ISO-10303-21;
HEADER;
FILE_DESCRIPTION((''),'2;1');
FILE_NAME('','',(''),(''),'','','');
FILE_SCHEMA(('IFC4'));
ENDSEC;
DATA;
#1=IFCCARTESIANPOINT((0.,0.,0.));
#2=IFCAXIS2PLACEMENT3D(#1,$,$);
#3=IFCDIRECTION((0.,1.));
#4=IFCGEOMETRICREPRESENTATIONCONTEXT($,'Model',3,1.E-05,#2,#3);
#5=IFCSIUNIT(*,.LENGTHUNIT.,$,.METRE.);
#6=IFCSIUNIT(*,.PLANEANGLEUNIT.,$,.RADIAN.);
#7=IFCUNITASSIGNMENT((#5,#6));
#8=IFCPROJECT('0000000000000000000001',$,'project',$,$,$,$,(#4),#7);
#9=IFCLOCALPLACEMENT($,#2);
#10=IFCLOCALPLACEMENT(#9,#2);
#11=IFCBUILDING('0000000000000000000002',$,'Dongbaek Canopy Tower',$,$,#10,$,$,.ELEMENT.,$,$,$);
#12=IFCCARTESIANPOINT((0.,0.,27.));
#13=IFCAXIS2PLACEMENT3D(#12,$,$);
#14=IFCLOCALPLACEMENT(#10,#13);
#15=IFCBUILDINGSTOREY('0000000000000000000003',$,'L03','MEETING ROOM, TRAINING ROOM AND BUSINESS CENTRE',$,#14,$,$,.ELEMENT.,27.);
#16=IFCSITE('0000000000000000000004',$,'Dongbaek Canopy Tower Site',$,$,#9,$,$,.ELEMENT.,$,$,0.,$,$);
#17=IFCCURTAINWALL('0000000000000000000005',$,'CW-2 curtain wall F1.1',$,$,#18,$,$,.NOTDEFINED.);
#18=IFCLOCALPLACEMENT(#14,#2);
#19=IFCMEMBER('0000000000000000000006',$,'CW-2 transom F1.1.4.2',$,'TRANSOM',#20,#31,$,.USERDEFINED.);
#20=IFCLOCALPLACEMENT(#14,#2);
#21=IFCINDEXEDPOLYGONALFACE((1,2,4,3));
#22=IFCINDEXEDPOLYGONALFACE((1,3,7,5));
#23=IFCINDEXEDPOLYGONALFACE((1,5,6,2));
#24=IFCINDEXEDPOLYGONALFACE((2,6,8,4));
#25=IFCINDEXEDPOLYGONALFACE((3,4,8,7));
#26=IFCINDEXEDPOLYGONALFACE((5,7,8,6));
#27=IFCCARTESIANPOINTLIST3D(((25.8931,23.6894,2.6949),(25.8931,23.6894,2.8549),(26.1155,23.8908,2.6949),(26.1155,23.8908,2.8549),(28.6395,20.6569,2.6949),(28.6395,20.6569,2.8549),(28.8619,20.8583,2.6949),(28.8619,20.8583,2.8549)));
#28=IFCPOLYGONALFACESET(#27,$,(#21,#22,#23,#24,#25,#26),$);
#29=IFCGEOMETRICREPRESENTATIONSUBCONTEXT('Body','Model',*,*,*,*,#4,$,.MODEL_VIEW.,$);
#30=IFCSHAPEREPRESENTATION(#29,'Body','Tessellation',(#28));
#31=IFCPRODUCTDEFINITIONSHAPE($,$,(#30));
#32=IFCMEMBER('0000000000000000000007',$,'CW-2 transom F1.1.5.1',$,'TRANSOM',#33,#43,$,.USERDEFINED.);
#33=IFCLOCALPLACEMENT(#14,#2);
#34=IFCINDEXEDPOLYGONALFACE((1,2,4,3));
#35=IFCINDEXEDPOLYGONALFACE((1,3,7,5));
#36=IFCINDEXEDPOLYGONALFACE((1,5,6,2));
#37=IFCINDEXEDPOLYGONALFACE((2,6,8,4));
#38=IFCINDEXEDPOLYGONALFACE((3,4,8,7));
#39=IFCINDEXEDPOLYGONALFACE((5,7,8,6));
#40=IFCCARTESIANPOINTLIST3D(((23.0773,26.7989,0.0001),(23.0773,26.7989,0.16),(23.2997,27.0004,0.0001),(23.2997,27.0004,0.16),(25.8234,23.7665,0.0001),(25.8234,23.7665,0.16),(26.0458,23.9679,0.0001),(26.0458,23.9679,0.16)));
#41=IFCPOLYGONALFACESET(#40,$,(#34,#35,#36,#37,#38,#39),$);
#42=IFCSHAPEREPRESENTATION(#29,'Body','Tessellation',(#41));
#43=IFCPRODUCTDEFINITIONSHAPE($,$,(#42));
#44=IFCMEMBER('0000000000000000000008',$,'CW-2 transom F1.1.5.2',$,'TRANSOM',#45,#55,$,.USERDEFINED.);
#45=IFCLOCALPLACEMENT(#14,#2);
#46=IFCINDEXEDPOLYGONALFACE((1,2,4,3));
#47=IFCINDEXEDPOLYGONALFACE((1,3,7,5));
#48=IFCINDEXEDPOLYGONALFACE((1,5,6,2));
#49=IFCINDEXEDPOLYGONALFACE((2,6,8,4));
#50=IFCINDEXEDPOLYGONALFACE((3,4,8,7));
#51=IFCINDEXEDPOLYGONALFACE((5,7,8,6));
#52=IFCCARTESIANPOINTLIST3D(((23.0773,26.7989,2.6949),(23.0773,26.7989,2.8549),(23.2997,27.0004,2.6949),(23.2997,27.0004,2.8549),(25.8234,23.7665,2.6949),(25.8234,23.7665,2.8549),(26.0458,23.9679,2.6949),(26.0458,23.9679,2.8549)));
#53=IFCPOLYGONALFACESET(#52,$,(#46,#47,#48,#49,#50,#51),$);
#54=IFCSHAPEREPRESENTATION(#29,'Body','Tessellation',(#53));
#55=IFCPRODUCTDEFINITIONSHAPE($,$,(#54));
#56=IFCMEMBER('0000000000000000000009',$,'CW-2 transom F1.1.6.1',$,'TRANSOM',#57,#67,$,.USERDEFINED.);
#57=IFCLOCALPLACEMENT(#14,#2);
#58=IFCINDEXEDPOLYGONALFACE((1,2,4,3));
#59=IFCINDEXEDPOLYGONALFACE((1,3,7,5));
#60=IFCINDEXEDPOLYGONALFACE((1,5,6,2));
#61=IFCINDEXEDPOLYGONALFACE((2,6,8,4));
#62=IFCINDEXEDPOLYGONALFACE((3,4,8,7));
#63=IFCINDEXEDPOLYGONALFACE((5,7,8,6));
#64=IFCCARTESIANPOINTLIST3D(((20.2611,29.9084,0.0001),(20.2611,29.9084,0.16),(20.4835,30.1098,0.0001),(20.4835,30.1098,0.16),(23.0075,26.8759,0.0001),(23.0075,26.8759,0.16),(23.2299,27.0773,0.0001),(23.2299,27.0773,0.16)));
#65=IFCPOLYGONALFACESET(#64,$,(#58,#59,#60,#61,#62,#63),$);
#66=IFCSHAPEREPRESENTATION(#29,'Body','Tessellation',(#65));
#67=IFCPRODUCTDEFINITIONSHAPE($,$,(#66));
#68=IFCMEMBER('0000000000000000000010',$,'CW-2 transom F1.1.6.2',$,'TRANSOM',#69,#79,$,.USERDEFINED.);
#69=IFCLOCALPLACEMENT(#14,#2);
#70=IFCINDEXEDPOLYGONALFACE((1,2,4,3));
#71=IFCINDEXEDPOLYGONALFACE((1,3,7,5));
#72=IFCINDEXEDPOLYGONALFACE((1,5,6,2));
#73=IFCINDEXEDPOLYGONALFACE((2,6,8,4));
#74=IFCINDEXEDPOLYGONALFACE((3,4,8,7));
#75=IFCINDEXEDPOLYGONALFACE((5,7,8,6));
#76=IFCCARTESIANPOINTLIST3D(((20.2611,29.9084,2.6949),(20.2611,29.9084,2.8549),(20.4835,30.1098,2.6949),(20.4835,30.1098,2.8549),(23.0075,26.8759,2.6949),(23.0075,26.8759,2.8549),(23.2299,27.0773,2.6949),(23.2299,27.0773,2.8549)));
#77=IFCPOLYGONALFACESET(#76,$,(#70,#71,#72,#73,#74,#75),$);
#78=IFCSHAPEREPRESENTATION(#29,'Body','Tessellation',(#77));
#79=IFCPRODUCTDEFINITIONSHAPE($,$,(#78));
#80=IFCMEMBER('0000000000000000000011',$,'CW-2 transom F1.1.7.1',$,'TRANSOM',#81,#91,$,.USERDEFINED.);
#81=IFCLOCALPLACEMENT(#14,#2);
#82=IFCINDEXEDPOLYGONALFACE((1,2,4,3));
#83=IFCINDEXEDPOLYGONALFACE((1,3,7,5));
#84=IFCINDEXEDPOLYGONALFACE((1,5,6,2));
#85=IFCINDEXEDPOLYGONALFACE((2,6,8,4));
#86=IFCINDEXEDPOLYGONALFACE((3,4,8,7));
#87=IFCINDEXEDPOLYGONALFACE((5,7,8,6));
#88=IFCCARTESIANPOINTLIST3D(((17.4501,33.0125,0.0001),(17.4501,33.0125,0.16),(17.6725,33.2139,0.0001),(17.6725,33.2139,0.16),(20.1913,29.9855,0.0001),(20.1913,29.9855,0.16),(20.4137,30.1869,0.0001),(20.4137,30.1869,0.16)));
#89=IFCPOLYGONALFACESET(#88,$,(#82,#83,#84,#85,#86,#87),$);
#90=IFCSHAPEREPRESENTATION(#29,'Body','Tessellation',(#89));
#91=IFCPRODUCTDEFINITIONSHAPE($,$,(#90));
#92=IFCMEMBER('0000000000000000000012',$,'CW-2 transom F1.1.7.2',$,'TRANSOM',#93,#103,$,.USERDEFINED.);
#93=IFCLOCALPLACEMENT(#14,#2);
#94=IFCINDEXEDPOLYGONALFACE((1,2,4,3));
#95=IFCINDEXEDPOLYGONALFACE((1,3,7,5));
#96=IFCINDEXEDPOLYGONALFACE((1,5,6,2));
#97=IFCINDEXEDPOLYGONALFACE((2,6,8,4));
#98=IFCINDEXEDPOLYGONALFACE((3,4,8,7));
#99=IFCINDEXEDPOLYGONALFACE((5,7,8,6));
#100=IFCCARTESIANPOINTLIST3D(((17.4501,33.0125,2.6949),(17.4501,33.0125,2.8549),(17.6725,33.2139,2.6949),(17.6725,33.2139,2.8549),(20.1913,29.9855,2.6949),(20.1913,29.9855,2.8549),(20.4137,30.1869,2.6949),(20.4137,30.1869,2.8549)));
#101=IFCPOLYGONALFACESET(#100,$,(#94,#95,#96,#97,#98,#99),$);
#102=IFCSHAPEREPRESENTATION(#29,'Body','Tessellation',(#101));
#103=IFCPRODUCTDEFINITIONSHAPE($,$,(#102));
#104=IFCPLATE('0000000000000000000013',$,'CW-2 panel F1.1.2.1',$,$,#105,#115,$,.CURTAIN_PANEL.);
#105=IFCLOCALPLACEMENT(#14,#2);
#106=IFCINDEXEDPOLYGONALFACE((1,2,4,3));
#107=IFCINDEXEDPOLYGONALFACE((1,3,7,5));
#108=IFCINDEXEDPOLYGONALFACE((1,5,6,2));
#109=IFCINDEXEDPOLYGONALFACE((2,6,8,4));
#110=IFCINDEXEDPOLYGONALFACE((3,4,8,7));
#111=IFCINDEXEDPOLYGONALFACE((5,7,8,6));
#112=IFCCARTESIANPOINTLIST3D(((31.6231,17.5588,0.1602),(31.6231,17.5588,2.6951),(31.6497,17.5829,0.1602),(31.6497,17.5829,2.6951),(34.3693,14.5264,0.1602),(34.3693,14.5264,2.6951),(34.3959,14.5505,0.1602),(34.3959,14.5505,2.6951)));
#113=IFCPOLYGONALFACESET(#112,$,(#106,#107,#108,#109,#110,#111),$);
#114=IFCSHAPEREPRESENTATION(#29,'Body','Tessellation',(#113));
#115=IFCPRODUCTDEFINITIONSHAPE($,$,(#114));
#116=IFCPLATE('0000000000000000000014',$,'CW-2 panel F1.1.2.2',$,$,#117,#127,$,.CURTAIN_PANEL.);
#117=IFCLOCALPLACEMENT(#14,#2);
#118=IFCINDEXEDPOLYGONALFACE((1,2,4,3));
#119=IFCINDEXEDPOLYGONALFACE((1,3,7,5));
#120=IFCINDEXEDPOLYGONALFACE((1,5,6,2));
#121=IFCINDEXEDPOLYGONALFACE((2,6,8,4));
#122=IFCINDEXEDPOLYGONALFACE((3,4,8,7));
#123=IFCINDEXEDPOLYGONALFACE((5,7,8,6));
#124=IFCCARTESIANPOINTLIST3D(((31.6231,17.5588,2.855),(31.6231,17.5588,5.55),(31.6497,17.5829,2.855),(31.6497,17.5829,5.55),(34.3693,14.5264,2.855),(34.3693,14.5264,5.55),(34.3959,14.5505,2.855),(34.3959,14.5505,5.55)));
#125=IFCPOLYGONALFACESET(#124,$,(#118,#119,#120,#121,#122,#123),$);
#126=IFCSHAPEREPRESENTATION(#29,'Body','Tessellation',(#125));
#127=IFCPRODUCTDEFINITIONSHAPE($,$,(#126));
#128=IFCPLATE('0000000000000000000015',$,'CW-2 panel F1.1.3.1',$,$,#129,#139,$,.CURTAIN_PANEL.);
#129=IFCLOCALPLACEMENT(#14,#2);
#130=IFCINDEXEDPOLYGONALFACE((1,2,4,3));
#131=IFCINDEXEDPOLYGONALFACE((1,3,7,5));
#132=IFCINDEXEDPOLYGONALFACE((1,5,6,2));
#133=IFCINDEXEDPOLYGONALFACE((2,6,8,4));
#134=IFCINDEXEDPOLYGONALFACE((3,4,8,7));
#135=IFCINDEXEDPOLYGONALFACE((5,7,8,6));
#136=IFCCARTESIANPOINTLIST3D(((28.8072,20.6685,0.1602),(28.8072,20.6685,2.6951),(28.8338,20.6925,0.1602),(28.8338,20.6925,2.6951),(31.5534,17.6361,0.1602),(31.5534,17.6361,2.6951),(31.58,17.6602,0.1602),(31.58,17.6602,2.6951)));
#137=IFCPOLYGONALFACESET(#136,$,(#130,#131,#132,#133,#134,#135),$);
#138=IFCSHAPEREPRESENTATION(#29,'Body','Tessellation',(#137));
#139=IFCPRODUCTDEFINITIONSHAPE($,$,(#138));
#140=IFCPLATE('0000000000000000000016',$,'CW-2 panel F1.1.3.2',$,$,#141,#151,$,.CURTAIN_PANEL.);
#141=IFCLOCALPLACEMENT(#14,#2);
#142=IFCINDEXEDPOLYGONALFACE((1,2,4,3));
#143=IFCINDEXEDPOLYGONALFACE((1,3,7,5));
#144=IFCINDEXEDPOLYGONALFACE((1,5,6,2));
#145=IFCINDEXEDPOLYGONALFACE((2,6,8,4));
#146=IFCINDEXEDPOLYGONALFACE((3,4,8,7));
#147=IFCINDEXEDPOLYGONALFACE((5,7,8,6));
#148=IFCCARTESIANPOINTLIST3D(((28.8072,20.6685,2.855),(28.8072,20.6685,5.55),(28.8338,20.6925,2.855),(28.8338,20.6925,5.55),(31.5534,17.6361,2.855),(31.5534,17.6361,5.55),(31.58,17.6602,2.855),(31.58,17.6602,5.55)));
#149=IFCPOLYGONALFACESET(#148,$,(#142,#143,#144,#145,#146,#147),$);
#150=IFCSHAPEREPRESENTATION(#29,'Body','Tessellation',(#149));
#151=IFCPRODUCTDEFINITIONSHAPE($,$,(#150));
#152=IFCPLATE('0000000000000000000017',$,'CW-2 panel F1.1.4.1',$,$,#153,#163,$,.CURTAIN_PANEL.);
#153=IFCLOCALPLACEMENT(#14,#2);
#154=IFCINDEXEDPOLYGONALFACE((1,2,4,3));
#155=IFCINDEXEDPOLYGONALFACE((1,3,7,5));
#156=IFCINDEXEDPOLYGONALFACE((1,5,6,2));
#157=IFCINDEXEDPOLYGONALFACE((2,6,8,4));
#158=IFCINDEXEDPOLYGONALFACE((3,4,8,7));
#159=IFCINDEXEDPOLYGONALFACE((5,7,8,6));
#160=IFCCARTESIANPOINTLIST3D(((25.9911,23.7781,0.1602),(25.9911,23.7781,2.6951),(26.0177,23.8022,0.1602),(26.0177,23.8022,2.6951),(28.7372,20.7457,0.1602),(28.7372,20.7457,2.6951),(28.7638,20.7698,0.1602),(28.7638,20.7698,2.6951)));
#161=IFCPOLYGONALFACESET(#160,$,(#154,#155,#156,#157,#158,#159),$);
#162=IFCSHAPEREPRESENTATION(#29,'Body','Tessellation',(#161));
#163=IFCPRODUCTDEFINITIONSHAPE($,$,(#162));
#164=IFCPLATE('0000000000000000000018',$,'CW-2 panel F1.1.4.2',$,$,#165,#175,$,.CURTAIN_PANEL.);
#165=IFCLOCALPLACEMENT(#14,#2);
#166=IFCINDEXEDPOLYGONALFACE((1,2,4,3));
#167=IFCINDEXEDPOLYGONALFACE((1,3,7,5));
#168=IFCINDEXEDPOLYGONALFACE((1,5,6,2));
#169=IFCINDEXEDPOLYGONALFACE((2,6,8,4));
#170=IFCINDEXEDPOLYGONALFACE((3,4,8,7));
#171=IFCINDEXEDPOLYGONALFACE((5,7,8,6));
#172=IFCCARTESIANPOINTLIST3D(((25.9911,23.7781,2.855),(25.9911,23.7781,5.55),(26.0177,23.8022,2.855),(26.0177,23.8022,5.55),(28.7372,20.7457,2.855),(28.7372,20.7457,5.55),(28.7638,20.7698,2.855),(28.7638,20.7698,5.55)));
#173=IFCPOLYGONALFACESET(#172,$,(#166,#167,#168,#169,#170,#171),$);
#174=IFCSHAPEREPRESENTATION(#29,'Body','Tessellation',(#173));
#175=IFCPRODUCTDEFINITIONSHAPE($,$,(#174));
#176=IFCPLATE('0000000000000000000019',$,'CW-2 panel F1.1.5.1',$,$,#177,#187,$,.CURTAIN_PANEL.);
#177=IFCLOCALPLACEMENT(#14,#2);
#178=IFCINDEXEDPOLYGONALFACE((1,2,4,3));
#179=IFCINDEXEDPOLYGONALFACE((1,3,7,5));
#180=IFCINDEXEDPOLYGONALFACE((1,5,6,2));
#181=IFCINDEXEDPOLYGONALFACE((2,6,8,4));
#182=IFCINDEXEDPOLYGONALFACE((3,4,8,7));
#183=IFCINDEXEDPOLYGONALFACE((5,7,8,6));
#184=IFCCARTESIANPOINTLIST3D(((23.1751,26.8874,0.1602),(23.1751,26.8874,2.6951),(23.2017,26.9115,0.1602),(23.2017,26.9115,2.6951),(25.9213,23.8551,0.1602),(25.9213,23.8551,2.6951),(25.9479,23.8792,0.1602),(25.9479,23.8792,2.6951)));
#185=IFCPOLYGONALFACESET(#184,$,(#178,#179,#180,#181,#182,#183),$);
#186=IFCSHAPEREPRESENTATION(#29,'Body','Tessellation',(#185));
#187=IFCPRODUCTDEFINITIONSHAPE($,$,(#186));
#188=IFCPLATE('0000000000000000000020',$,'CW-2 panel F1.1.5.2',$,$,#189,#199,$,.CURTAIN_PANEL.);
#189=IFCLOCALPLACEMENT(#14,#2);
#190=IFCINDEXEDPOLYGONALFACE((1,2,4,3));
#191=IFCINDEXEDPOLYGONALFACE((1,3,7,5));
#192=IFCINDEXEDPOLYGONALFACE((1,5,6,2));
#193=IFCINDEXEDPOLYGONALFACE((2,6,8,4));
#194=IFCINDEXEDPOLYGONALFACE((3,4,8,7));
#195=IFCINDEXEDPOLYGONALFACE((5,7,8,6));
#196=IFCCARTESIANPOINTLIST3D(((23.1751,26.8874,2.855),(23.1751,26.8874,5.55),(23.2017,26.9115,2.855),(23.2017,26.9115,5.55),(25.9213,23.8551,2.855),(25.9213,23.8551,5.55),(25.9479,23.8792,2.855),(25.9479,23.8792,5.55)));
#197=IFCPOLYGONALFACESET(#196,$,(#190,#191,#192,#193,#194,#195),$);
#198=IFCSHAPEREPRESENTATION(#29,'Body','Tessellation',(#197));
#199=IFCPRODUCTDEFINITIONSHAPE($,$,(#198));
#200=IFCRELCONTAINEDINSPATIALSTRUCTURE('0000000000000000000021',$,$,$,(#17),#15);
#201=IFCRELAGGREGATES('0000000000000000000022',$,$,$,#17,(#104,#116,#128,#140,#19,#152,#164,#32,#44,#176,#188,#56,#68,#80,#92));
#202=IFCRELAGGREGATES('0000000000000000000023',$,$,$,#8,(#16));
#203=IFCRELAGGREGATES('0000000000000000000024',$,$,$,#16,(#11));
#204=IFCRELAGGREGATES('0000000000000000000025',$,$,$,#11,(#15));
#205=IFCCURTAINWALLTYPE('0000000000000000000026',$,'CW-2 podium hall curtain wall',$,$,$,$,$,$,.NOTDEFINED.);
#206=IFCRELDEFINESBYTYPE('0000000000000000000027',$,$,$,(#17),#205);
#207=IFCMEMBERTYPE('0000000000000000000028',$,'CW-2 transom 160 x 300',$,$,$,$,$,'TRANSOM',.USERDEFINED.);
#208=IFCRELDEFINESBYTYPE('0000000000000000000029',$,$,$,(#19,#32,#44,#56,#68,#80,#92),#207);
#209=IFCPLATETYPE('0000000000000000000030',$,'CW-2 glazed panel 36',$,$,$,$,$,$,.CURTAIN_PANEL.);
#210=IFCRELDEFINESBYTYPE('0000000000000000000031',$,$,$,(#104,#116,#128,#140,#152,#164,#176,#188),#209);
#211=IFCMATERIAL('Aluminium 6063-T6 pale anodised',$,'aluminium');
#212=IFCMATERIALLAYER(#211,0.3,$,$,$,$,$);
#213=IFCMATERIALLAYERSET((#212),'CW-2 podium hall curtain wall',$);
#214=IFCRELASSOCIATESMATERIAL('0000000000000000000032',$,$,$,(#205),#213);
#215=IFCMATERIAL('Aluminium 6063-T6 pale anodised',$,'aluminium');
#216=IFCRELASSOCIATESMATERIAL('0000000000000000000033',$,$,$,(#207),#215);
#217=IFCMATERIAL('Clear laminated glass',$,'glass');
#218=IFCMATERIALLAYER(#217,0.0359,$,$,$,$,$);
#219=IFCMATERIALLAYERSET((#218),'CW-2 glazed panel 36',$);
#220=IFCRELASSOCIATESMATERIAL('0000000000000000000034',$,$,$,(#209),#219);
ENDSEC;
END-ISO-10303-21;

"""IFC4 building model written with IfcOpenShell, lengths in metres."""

from ifc_helpers import new_model, si_unit, direction, frame, origin, origin_2d, place, context, subcontext, project, spatial, rectangle, extrude, material, layer, layer_set, material_profile, profile_set, type_object, element, aggregate, save


model = new_model("IFC4")

# Units and contexts
model_context = context("Model", 3, precision=1e-05, world=origin(), true_north=direction((0.0, 1.0)))
body_context = subcontext(model_context, "Body", "Model", "MODEL_VIEW")
ifc_project = project(units=[si_unit("LENGTHUNIT", "METRE"), si_unit("PLANEANGLEUNIT", "RADIAN")], contexts=[model_context])

# Site, building, storey
site_placement = place(None, origin())
site = spatial("IfcSite", under=ifc_project, at=site_placement, Name="Dongbaek Canopy Tower Site", CompositionType="ELEMENT", RefElevation=0.0)
building_placement = place(site_placement, origin())
building = spatial("IfcBuilding", under=site, at=building_placement, Name="Dongbaek Canopy Tower", CompositionType="ELEMENT")
storey_placement = place(building_placement, frame((0.0, 0.0, 27.0)))
storey = spatial("IfcBuildingStorey", under=building, at=storey_placement, Name="L03", Description="MEETING ROOM, TRAINING ROOM AND BUSINESS CENTRE", CompositionType="ELEMENT", Elevation=27.0)

# Curtain wall, members, plates
ifc_material_1 = material(Name="Aluminium 6063-T6 pale anodised", Category="aluminium")
ifc_layer_1 = layer(ifc_material_1, 0.3)
ifc_layer_set_1 = layer_set([ifc_layer_1], Name="CW-2 podium hall curtain wall")
curtain_wall_type = type_object("IfcCurtainWallType", Name="CW-2 podium hall curtain wall", PredefinedType="NOTDEFINED", material=ifc_layer_set_1)
curtain_wall_placement = place(storey_placement, origin())
curtain_wall = element("IfcCurtainWall", 1, at=curtain_wall_placement, inside=storey, type_object=curtain_wall_type, Name="CW-2 curtain wall F1.1", PredefinedType="NOTDEFINED")
ifc_material_2 = material(Name="Aluminium 6063-T6 pale anodised", Category="aluminium")
ifc_material_profile_1 = material_profile(ifc_material_2, rectangle(XDim=0.3, YDim=0.1599, at=origin_2d()), Name="CW-2 transom 160 x 300")
ifc_profile_set_1 = profile_set([ifc_material_profile_1], Name="Aluminium 6063-T6 pale anodised")
member_type_1 = type_object("IfcMemberType", Name="CW-2 transom 160 x 300", ElementType="TRANSOM", PredefinedType="USERDEFINED", material=ifc_profile_set_1)
member_1_placement = place(storey_placement, frame((28.7507, 20.7576, 2.7749), z_axis=(-0.671273, 0.741211, 0.0), x_axis=(-0.741211, -0.671273, 0.0)))
member_1 = element("IfcMember", 2, at=member_1_placement, type_object=member_type_1, Name="CW-2 transom F1.1.4.2", ObjectType="TRANSOM", PredefinedType="USERDEFINED", context=body_context, shape_type="SweptSolid", body=[
    extrude(rectangle(XDim=0.3, YDim=0.1599, at=origin_2d()), origin(), (0.0, 0.0, 1.0), 4.0913),
])
member_2_placement = place(storey_placement, frame((25.9346, 23.8672, 0.0801), z_axis=(-0.67124, 0.74124, 0.0), x_axis=(-0.74124, -0.67124, 0.0)))
member_2 = element("IfcMember", 3, at=member_2_placement, type_object=member_type_1, Name="CW-2 transom F1.1.5.1", ObjectType="TRANSOM", PredefinedType="USERDEFINED", context=body_context, shape_type="SweptSolid", body=[
    extrude(rectangle(XDim=0.3, YDim=0.1599, at=origin_2d()), origin(), (0.0, 0.0, 1.0), 4.0911),
])
member_3_placement = place(storey_placement, frame((25.9346, 23.8672, 2.7749), z_axis=(-0.67124, 0.74124, 0.0), x_axis=(-0.74124, -0.67124, 0.0)))
member_3 = element("IfcMember", 4, at=member_3_placement, type_object=member_type_1, Name="CW-2 transom F1.1.5.2", ObjectType="TRANSOM", PredefinedType="USERDEFINED", context=body_context, shape_type="SweptSolid", body=[
    extrude(rectangle(XDim=0.3, YDim=0.1599, at=origin_2d()), origin(), (0.0, 0.0, 1.0), 4.0911),
])
member_4_placement = place(storey_placement, frame((23.1187, 26.9766, 0.0801), z_axis=(-0.671273, 0.741211, 0.0), x_axis=(-0.741211, -0.671273, 0.0)))
member_4 = element("IfcMember", 5, at=member_4_placement, type_object=member_type_1, Name="CW-2 transom F1.1.6.1", ObjectType="TRANSOM", PredefinedType="USERDEFINED", context=body_context, shape_type="SweptSolid", body=[
    extrude(rectangle(XDim=0.3, YDim=0.1599, at=origin_2d()), origin(), (0.0, 0.0, 1.0), 4.0913),
])
member_5_placement = place(storey_placement, frame((23.1187, 26.9766, 2.7749), z_axis=(-0.671273, 0.741211, 0.0), x_axis=(-0.741211, -0.671273, 0.0)))
member_5 = element("IfcMember", 6, at=member_5_placement, type_object=member_type_1, Name="CW-2 transom F1.1.6.2", ObjectType="TRANSOM", PredefinedType="USERDEFINED", context=body_context, shape_type="SweptSolid", body=[
    extrude(rectangle(XDim=0.3, YDim=0.1599, at=origin_2d()), origin(), (0.0, 0.0, 1.0), 4.0913),
])
member_6_placement = place(storey_placement, frame((20.3025, 30.0862, 0.0801), z_axis=(-0.671237, 0.741243, 0.0), x_axis=(-0.741243, -0.671237, 0.0)))
member_6 = element("IfcMember", 7, at=member_6_placement, type_object=member_type_1, Name="CW-2 transom F1.1.7.1", ObjectType="TRANSOM", PredefinedType="USERDEFINED", context=body_context, shape_type="SweptSolid", body=[
    extrude(rectangle(XDim=0.3, YDim=0.1599, at=origin_2d()), origin(), (0.0, 0.0, 1.0), 4.0837),
])
member_7_placement = place(storey_placement, frame((20.3025, 30.0862, 2.7749), z_axis=(-0.671237, 0.741243, 0.0), x_axis=(-0.741243, -0.671237, 0.0)))
member_7 = element("IfcMember", 8, at=member_7_placement, type_object=member_type_1, Name="CW-2 transom F1.1.7.2", ObjectType="TRANSOM", PredefinedType="USERDEFINED", context=body_context, shape_type="SweptSolid", body=[
    extrude(rectangle(XDim=0.3, YDim=0.1599, at=origin_2d()), origin(), (0.0, 0.0, 1.0), 4.0837),
])
ifc_material_3 = material(Name="Clear laminated glass", Category="glass")
ifc_layer_2 = layer(ifc_material_3, 0.0359)
ifc_layer_set_2 = layer_set([ifc_layer_2], Name="CW-2 glazed panel 36")
plate_type = type_object("IfcPlateType", Name="CW-2 glazed panel 36", PredefinedType="CURTAIN_PANEL", material=ifc_layer_set_2)
plate_1_placement = place(storey_placement, frame((33.0095, 16.0547, 0.1602), z_axis=(0.0, 0.0, 1.0), x_axis=(-0.67126, 0.741222, 0.0)))
plate_1 = element("IfcPlate", 9, at=plate_1_placement, type_object=plate_type, Name="CW-2 panel F1.1.2.1", PredefinedType="CURTAIN_PANEL", context=body_context, shape_type="SweptSolid", body=[
    extrude(rectangle(XDim=4.0911, YDim=0.0359, at=origin_2d()), origin(), (0.0, 0.0, 1.0), 2.5349),
])
plate_2_placement = place(storey_placement, frame((33.0095, 16.0547, 2.855), z_axis=(0.0, 0.0, 1.0), x_axis=(-0.67126, 0.741222, 0.0)))
plate_2 = element("IfcPlate", 10, at=plate_2_placement, type_object=plate_type, Name="CW-2 panel F1.1.2.2", PredefinedType="CURTAIN_PANEL", context=body_context, shape_type="SweptSolid", body=[
    extrude(rectangle(XDim=4.0911, YDim=0.0359, at=origin_2d()), origin(), (0.0, 0.0, 1.0), 2.6951),
])
plate_3_placement = place(storey_placement, frame((30.1936, 19.1643, 0.1602), z_axis=(0.0, 0.0, 1.0), x_axis=(-0.67126, 0.741222, 0.0)))
plate_3 = element("IfcPlate", 11, at=plate_3_placement, type_object=plate_type, Name="CW-2 panel F1.1.3.1", PredefinedType="CURTAIN_PANEL", context=body_context, shape_type="SweptSolid", body=[
    extrude(rectangle(XDim=4.0911, YDim=0.0359, at=origin_2d()), origin(), (0.0, 0.0, 1.0), 2.5349),
])
plate_4_placement = place(storey_placement, frame((30.1936, 19.1643, 2.855), z_axis=(0.0, 0.0, 1.0), x_axis=(-0.67126, 0.741222, 0.0)))
plate_4 = element("IfcPlate", 12, at=plate_4_placement, type_object=plate_type, Name="CW-2 panel F1.1.3.2", PredefinedType="CURTAIN_PANEL", context=body_context, shape_type="SweptSolid", body=[
    extrude(rectangle(XDim=4.0911, YDim=0.0359, at=origin_2d()), origin(), (0.0, 0.0, 1.0), 2.6951),
])
plate_5_placement = place(storey_placement, frame((27.3774, 22.2739, 0.1602), z_axis=(0.0, 0.0, 1.0), x_axis=(-0.67126, 0.741222, 0.0)))
plate_5 = element("IfcPlate", 13, at=plate_5_placement, type_object=plate_type, Name="CW-2 panel F1.1.4.1", PredefinedType="CURTAIN_PANEL", context=body_context, shape_type="SweptSolid", body=[
    extrude(rectangle(XDim=4.0911, YDim=0.0359, at=origin_2d()), origin(), (0.0, 0.0, 1.0), 2.5349),
])
plate_6_placement = place(storey_placement, frame((27.3774, 22.2739, 2.855), z_axis=(0.0, 0.0, 1.0), x_axis=(-0.67126, 0.741222, 0.0)))
plate_6 = element("IfcPlate", 14, at=plate_6_placement, type_object=plate_type, Name="CW-2 panel F1.1.4.2", PredefinedType="CURTAIN_PANEL", context=body_context, shape_type="SweptSolid", body=[
    extrude(rectangle(XDim=4.0911, YDim=0.0359, at=origin_2d()), origin(), (0.0, 0.0, 1.0), 2.6951),
])
plate_7_placement = place(storey_placement, frame((24.5615, 25.3833, 0.1602), z_axis=(0.0, 0.0, 1.0), x_axis=(-0.67126, 0.741222, 0.0)))
plate_7 = element("IfcPlate", 15, at=plate_7_placement, type_object=plate_type, Name="CW-2 panel F1.1.5.1", PredefinedType="CURTAIN_PANEL", context=body_context, shape_type="SweptSolid", body=[
    extrude(rectangle(XDim=4.0911, YDim=0.0359, at=origin_2d()), origin(), (0.0, 0.0, 1.0), 2.5349),
])
plate_8_placement = place(storey_placement, frame((24.5615, 25.3833, 2.855), z_axis=(0.0, 0.0, 1.0), x_axis=(-0.67126, 0.741222, 0.0)))
plate_8 = element("IfcPlate", 16, at=plate_8_placement, type_object=plate_type, Name="CW-2 panel F1.1.5.2", PredefinedType="CURTAIN_PANEL", context=body_context, shape_type="SweptSolid", body=[
    extrude(rectangle(XDim=4.0911, YDim=0.0359, at=origin_2d()), origin(), (0.0, 0.0, 1.0), 2.6951),
])
aggregate(curtain_wall, [plate_1, plate_2, plate_3, plate_4, member_1, plate_5, plate_6, member_2, member_3, plate_7, plate_8, member_4, member_5, member_6, member_7])

save(model, "model.ifc")
